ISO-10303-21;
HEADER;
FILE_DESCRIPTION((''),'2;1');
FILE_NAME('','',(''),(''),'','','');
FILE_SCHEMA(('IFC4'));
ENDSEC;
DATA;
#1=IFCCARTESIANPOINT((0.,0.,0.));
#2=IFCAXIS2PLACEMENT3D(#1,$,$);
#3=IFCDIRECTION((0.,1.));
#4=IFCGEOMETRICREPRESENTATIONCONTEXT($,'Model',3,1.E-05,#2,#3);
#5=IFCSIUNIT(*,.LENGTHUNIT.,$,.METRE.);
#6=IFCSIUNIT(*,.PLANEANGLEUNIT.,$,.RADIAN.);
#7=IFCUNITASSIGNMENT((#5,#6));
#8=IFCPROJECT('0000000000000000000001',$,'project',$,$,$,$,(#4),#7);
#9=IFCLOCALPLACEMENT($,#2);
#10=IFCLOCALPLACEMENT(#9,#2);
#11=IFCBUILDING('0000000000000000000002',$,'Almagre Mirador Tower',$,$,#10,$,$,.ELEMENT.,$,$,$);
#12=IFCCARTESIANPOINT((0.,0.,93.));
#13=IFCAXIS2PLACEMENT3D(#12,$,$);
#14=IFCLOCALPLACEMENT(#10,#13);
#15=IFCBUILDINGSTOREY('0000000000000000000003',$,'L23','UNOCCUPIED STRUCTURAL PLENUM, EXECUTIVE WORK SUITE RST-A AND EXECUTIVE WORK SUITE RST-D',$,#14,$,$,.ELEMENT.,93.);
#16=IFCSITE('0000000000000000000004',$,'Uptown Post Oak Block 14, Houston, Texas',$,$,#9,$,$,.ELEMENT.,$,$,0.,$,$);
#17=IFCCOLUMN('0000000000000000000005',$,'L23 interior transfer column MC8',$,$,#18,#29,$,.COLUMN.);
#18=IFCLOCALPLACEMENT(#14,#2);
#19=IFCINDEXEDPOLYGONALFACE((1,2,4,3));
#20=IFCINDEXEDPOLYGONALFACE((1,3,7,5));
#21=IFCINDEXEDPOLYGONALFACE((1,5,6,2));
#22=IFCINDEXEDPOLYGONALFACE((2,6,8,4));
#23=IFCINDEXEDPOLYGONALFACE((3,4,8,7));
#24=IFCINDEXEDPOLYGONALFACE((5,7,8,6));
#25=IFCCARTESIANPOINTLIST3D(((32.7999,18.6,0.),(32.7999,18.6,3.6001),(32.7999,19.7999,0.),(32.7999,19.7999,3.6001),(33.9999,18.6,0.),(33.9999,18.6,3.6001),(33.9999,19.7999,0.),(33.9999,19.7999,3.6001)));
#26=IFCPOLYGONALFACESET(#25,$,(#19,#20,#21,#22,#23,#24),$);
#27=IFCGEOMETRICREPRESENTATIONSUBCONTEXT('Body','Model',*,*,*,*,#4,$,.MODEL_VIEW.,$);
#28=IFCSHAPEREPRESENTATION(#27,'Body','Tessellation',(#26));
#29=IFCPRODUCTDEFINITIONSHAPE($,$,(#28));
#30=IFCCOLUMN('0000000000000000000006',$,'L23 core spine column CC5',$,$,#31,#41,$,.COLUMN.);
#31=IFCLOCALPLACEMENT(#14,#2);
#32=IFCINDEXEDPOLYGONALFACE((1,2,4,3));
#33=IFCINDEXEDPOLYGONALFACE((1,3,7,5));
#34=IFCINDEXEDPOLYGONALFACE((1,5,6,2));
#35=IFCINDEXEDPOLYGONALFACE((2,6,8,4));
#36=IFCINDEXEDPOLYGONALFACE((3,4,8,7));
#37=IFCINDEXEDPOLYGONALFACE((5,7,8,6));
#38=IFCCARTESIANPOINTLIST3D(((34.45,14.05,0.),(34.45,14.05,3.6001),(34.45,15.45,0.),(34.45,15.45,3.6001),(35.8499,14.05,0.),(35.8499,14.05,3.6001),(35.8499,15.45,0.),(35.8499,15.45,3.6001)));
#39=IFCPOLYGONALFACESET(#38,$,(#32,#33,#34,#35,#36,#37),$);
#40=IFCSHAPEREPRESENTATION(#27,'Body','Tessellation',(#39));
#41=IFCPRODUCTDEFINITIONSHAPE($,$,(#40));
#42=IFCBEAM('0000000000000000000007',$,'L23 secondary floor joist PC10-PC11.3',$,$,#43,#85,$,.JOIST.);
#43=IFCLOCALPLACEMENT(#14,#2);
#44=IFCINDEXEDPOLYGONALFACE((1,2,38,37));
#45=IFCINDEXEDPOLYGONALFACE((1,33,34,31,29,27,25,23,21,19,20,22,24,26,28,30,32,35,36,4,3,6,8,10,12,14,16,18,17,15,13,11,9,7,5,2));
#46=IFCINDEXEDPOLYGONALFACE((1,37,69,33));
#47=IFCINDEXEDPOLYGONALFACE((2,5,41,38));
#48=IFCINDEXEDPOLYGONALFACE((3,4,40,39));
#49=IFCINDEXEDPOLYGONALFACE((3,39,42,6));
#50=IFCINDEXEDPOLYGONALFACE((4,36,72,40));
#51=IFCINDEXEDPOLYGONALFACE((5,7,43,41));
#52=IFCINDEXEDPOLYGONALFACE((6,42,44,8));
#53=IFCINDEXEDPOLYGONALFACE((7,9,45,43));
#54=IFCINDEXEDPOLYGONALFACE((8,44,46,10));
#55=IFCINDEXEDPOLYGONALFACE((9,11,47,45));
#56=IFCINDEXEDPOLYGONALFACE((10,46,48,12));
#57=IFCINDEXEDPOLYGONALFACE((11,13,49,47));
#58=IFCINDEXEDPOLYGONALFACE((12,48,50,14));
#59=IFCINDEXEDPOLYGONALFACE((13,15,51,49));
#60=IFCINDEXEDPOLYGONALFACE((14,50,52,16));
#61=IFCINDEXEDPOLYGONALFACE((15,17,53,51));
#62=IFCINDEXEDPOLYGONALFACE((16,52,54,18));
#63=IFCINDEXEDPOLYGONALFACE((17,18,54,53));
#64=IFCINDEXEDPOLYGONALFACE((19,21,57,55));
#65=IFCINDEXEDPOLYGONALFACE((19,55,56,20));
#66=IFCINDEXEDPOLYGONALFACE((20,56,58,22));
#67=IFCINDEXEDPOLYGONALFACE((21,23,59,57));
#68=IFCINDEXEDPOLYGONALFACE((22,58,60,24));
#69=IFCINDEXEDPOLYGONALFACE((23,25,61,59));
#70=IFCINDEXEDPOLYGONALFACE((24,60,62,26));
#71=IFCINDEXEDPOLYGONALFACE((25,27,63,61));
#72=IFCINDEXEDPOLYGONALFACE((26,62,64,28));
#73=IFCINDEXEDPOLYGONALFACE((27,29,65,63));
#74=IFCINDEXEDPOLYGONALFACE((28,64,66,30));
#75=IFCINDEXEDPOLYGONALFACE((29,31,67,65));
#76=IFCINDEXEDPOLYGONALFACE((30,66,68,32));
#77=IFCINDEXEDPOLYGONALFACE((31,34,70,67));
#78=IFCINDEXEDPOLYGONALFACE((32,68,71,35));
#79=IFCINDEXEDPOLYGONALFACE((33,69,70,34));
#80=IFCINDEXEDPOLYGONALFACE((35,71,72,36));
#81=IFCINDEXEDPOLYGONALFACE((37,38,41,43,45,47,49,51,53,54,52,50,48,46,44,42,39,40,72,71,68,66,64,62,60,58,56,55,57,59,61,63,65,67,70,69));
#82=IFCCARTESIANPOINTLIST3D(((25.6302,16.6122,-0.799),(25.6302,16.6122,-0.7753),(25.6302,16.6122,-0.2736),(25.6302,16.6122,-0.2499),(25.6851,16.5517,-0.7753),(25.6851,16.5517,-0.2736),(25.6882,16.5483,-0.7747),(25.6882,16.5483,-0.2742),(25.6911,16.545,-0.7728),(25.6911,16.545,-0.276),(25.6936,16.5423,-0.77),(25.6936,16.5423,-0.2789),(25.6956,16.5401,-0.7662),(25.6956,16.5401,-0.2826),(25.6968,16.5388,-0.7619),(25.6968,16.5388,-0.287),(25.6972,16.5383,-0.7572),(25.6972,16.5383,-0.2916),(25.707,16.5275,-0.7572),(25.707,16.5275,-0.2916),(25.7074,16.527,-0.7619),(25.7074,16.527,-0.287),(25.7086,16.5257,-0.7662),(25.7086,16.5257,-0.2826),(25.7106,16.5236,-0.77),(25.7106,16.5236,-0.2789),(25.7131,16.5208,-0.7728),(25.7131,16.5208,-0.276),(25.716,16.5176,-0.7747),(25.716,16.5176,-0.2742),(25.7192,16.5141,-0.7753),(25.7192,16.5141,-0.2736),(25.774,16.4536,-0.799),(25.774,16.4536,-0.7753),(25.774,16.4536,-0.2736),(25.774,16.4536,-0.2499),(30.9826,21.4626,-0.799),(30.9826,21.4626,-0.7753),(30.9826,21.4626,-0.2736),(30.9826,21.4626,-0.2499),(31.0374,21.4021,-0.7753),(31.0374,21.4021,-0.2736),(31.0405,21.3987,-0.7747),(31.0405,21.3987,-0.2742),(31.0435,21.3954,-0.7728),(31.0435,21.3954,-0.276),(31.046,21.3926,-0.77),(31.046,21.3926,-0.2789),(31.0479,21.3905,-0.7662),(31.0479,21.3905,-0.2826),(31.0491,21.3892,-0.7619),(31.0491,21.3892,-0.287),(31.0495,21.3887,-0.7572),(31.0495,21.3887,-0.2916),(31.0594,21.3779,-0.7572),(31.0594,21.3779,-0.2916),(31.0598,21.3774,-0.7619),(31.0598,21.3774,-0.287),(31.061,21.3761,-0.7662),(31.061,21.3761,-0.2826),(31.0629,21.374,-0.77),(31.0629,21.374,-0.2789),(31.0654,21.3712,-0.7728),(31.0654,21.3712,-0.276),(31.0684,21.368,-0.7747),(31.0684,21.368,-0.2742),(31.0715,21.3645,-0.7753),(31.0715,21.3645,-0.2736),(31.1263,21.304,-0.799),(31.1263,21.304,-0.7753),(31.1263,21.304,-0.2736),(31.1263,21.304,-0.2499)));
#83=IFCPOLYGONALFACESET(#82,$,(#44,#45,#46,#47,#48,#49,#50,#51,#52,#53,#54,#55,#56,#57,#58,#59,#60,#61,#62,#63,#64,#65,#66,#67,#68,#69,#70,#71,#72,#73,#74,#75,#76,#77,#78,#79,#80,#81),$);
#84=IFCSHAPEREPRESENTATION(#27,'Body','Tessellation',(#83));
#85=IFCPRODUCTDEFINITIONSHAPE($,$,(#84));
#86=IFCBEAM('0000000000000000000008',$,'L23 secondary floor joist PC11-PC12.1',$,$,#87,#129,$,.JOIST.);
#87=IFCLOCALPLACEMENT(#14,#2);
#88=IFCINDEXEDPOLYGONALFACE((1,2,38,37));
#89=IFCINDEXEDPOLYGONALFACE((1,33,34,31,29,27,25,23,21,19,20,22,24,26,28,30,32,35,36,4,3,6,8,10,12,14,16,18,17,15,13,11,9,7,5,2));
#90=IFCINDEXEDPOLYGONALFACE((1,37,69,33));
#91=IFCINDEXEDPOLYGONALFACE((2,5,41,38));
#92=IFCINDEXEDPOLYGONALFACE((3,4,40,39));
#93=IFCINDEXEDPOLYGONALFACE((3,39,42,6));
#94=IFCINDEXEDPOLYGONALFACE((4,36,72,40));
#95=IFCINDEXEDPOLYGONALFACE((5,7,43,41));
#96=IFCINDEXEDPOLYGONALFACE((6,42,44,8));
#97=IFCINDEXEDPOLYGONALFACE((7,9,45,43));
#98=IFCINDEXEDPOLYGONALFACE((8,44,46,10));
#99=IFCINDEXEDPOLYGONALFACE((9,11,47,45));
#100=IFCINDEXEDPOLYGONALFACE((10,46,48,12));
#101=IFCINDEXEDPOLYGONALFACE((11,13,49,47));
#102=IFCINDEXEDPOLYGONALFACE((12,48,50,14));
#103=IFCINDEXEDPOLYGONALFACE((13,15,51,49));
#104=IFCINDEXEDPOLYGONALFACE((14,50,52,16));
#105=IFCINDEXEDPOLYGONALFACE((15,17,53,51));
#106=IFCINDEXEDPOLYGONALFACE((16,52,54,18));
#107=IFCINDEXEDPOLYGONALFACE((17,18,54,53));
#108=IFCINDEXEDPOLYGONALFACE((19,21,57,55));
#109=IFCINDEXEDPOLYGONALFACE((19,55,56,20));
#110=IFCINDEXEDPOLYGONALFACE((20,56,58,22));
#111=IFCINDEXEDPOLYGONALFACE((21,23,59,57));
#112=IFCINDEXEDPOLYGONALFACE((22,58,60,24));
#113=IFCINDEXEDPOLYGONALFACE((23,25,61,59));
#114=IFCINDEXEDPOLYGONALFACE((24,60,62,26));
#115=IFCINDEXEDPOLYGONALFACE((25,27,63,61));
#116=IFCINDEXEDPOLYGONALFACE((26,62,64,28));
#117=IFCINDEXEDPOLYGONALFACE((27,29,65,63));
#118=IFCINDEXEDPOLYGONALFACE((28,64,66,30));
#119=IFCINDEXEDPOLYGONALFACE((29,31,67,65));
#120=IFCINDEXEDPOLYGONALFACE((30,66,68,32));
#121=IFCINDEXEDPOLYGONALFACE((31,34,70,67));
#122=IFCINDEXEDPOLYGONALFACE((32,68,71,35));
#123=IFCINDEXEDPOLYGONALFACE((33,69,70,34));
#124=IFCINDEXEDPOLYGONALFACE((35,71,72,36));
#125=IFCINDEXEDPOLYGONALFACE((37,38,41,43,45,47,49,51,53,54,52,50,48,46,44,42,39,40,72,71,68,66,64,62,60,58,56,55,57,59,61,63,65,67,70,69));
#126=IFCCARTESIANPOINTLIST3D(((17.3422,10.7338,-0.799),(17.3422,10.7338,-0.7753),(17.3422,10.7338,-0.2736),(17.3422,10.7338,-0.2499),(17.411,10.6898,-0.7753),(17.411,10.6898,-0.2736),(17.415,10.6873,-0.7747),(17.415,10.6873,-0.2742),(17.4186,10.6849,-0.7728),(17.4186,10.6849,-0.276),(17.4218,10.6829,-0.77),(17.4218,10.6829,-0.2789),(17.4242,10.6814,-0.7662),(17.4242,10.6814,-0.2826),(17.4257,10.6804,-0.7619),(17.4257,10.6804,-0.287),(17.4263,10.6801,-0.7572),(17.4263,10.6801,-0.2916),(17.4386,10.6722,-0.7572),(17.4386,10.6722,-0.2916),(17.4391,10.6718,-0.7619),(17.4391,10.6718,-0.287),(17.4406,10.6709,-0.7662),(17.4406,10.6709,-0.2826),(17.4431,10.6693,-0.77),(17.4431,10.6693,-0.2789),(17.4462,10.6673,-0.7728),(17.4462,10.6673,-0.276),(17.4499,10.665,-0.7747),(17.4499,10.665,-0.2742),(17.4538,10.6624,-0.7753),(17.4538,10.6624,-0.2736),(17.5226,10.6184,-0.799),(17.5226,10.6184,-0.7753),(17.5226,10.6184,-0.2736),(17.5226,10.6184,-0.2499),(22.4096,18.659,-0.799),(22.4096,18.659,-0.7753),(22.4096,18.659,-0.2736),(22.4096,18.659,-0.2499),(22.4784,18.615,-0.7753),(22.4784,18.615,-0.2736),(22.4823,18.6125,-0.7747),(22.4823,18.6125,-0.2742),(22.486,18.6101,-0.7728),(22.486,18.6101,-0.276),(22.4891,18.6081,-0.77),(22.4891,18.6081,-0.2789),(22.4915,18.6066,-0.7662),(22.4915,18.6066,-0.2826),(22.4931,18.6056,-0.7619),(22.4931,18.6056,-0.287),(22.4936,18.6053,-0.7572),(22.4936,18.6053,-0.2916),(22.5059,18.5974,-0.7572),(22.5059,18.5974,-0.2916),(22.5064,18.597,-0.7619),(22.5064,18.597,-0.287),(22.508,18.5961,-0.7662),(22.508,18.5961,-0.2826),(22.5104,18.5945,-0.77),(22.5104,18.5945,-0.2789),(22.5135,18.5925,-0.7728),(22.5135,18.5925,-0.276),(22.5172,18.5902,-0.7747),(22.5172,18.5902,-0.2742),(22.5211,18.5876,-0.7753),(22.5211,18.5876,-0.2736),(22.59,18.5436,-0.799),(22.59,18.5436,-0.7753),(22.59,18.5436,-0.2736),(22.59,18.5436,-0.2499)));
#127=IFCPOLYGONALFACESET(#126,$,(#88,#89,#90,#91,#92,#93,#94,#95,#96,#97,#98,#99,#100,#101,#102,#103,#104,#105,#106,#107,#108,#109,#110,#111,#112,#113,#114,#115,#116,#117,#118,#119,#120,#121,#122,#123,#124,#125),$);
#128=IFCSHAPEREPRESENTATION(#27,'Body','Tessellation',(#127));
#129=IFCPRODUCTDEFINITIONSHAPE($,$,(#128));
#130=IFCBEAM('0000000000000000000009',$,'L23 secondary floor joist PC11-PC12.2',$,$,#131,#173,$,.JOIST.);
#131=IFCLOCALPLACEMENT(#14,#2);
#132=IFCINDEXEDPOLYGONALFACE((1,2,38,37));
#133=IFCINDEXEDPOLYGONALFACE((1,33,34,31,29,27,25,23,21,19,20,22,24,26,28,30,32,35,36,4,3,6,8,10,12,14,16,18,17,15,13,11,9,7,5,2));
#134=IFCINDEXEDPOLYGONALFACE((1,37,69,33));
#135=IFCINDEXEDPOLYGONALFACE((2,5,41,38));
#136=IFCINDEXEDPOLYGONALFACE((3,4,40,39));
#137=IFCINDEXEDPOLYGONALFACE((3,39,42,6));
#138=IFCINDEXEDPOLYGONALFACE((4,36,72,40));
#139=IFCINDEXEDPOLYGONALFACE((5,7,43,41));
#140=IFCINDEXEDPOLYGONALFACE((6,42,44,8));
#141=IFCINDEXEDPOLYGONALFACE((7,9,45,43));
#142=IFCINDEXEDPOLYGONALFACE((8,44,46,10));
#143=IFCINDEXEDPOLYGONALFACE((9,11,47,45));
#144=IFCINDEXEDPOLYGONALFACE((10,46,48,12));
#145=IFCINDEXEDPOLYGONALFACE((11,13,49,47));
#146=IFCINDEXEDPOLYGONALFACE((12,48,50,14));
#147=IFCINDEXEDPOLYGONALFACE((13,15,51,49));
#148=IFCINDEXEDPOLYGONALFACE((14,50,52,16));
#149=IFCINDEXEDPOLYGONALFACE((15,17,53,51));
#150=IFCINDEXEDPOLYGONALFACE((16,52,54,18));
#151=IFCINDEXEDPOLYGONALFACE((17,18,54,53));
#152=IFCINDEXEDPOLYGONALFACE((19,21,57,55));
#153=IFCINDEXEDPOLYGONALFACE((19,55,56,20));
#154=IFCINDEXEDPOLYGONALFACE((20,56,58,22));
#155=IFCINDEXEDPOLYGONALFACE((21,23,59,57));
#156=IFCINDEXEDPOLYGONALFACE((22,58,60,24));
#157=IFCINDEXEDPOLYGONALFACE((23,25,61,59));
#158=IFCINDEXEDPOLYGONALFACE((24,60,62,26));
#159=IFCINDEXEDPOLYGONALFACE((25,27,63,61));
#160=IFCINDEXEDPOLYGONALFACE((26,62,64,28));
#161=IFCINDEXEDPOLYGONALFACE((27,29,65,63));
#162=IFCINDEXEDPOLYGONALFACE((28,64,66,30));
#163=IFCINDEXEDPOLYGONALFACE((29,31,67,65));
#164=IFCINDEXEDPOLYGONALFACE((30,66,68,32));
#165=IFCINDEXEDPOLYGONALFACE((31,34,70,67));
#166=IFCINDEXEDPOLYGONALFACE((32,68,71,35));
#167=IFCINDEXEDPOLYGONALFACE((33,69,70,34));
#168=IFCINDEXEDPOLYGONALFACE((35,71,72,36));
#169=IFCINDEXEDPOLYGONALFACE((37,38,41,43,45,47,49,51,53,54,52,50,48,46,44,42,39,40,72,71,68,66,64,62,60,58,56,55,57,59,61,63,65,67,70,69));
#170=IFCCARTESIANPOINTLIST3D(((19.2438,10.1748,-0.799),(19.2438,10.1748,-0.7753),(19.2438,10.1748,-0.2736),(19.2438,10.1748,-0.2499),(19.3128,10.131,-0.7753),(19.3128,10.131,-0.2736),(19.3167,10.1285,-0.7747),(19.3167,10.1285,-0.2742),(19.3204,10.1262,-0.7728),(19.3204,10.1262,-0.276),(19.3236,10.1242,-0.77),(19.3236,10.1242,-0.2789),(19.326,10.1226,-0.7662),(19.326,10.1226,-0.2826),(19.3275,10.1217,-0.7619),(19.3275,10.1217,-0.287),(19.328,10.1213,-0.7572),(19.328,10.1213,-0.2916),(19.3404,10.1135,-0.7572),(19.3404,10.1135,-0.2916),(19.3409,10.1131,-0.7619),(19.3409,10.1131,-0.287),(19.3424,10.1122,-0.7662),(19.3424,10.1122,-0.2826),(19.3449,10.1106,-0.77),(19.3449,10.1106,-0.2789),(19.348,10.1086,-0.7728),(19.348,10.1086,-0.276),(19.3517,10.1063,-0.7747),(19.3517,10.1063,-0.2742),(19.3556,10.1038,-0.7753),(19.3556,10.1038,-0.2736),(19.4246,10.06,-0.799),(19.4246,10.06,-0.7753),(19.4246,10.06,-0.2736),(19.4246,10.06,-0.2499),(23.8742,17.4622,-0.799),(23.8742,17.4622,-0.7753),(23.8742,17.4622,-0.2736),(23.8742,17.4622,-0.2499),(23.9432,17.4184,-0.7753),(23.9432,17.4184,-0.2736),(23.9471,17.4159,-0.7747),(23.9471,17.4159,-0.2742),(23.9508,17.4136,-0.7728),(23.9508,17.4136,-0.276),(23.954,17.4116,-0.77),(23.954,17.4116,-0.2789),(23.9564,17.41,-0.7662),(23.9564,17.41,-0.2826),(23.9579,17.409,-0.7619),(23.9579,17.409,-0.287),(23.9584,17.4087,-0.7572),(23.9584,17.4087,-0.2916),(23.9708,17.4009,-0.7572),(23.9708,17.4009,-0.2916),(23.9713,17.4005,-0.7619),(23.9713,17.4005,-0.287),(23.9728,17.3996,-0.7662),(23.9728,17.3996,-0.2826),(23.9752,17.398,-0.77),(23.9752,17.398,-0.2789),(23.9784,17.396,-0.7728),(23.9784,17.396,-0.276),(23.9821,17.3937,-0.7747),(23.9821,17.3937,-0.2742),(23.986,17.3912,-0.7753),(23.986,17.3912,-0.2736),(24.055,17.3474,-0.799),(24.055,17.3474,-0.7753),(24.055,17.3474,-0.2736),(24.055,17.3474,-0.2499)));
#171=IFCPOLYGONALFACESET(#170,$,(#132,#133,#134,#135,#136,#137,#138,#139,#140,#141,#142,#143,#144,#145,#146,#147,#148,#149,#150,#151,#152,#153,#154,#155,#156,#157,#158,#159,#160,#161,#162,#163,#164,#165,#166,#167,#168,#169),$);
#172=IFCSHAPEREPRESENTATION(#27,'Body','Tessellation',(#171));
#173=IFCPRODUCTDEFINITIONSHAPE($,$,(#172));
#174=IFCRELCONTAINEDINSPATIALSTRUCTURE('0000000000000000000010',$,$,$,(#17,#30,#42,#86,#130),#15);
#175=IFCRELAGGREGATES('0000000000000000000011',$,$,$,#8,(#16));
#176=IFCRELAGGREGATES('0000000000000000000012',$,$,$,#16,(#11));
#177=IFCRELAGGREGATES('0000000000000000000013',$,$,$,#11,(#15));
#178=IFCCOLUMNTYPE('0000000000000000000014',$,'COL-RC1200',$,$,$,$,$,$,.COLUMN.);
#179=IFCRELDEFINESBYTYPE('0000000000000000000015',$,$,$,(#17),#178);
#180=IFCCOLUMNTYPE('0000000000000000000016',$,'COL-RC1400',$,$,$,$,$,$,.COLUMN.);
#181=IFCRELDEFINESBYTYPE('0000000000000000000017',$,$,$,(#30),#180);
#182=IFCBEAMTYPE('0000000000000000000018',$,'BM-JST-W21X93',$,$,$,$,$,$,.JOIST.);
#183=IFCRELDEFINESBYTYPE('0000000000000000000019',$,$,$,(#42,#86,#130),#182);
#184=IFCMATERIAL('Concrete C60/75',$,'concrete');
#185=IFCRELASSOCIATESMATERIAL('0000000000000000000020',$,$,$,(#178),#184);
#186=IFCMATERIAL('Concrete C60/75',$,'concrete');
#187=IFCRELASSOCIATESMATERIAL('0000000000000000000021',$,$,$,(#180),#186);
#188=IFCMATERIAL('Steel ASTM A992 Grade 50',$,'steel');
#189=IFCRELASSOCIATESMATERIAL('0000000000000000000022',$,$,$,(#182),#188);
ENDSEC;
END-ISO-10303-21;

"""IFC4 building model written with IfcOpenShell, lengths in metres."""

from ifc_helpers import new_model, si_unit, direction, frame, origin, origin_2d, place, context, subcontext, project, spatial, rectangle, i_section, extrude, material, material_profile, profile_set, type_object, element, save


model = new_model("IFC4")

# Units and contexts
model_context = context("Model", 3, precision=1e-05, world=origin(), true_north=direction((0.0, 1.0)))
body_context = subcontext(model_context, "Body", "Model", "MODEL_VIEW")
ifc_project = project(units=[si_unit("LENGTHUNIT", "METRE"), si_unit("PLANEANGLEUNIT", "RADIAN")], contexts=[model_context])

# Site, building, storey
site_placement = place(None, origin())
site = spatial("IfcSite", under=ifc_project, at=site_placement, Name="Uptown Post Oak Block 14, Houston, Texas", CompositionType="ELEMENT", RefElevation=0.0)
building_placement = place(site_placement, origin())
building = spatial("IfcBuilding", under=site, at=building_placement, Name="Almagre Mirador Tower", CompositionType="ELEMENT")
storey_placement = place(building_placement, frame((0.0, 0.0, 93.0)))
storey = spatial("IfcBuildingStorey", under=building, at=storey_placement, Name="L23", Description="UNOCCUPIED STRUCTURAL PLENUM, EXECUTIVE WORK SUITE RST-A AND EXECUTIVE WORK SUITE RST-D", CompositionType="ELEMENT", Elevation=93.0)

# Columns
ifc_material_1 = material(Name="Concrete C60/75", Category="concrete")
ifc_material_profile_1 = material_profile(ifc_material_1, rectangle(XDim=1.2, YDim=1.2, at=origin_2d()), Name="RC1200X1200")
ifc_profile_set_1 = profile_set([ifc_material_profile_1], Name="Concrete C60/75")
column_type_1 = type_object("IfcColumnType", Name="COL-RC1200", PredefinedType="COLUMN", material=ifc_profile_set_1)
column_1_placement = place(storey_placement, frame((33.3999, 19.2, 0.0), z_axis=(0.0, 0.0, 1.0), x_axis=(1.0, 0.0, 0.0)))
element("IfcColumn", 1, at=column_1_placement, inside=storey, type_object=column_type_1, Name="L23 interior transfer column MC8", PredefinedType="COLUMN", context=body_context, shape_type="SweptSolid", body=[
    extrude(rectangle(XDim=1.2, YDim=1.2, at=origin_2d()), origin(), (0.0, 0.0, 1.0), 3.6001),
])
ifc_material_2 = material(Name="Concrete C60/75", Category="concrete")
ifc_material_profile_2 = material_profile(ifc_material_2, rectangle(XDim=1.3999, YDim=1.3999, at=origin_2d()), Name="RC1400X1400")
ifc_profile_set_2 = profile_set([ifc_material_profile_2], Name="Concrete C60/75")
column_type_2 = type_object("IfcColumnType", Name="COL-RC1400", PredefinedType="COLUMN", material=ifc_profile_set_2)
column_2_placement = place(storey_placement, frame((35.1499, 14.75, 0.0), z_axis=(0.0, 0.0, 1.0), x_axis=(1.0, 0.0, 0.0)))
element("IfcColumn", 2, at=column_2_placement, inside=storey, type_object=column_type_2, Name="L23 core spine column CC5", PredefinedType="COLUMN", context=body_context, shape_type="SweptSolid", body=[
    extrude(rectangle(XDim=1.3999, YDim=1.3999, at=origin_2d()), origin(), (0.0, 0.0, 1.0), 3.6001),
])

# Beams
ifc_material_3 = material(Name="Steel ASTM A992 Grade 50", Category="steel")
ifc_material_profile_3 = material_profile(ifc_material_3, i_section(OverallWidth=0.2141, OverallDepth=0.5491, WebThickness=0.0146, FlangeThickness=0.0237, FilletRadius=0.0181, at=origin_2d()), Name="W21X93")
ifc_profile_set_3 = profile_set([ifc_material_profile_3], Name="Steel ASTM A992 Grade 50")
beam_type_1 = type_object("IfcBeamType", Name="BM-JST-W21X93", PredefinedType="JOIST", material=ifc_profile_set_3)
beam_1_placement = place(storey_placement, frame((31.0544, 21.3833, -0.5244), z_axis=(-0.740999, -0.671506, 0.0), x_axis=(0.671506, -0.740999, 0.0)))
element("IfcBeam", 3, at=beam_1_placement, inside=storey, type_object=beam_type_1, Name="L23 secondary floor joist PC10-PC11.3", PredefinedType="JOIST", context=body_context, shape_type="SweptSolid", body=[
    extrude(i_section(OverallWidth=0.2141, OverallDepth=0.5491, WebThickness=0.0146, FlangeThickness=0.0237, FilletRadius=0.0181, at=origin_2d()), origin(), (0.0, 0.0, 1.0), 7.2231),
])
beam_2_placement = place(storey_placement, frame((22.4998, 18.6013, -0.5244), z_axis=(-0.538691, -0.842503, 0.0), x_axis=(0.842503, -0.538691, 0.0)))
element("IfcBeam", 4, at=beam_2_placement, inside=storey, type_object=beam_type_1, Name="L23 secondary floor joist PC11-PC12.1", PredefinedType="JOIST", context=body_context, shape_type="SweptSolid", body=[
    extrude(i_section(OverallWidth=0.2141, OverallDepth=0.5491, WebThickness=0.0146, FlangeThickness=0.0237, FilletRadius=0.0181, at=origin_2d()), origin(), (0.0, 0.0, 1.0), 9.4067),
])
beam_3_placement = place(storey_placement, frame((23.9646, 17.4048, -0.5244), z_axis=(-0.536295, -0.84403, 0.0), x_axis=(0.84403, -0.536295, 0.0)))
element("IfcBeam", 5, at=beam_3_placement, inside=storey, type_object=beam_type_1, Name="L23 secondary floor joist PC11-PC12.2", PredefinedType="JOIST", context=body_context, shape_type="SweptSolid", body=[
    extrude(i_section(OverallWidth=0.2141, OverallDepth=0.5491, WebThickness=0.0146, FlangeThickness=0.0237, FilletRadius=0.0181, at=origin_2d()), origin(), (0.0, 0.0, 1.0), 8.634),
])

save(model, "model.ifc")
